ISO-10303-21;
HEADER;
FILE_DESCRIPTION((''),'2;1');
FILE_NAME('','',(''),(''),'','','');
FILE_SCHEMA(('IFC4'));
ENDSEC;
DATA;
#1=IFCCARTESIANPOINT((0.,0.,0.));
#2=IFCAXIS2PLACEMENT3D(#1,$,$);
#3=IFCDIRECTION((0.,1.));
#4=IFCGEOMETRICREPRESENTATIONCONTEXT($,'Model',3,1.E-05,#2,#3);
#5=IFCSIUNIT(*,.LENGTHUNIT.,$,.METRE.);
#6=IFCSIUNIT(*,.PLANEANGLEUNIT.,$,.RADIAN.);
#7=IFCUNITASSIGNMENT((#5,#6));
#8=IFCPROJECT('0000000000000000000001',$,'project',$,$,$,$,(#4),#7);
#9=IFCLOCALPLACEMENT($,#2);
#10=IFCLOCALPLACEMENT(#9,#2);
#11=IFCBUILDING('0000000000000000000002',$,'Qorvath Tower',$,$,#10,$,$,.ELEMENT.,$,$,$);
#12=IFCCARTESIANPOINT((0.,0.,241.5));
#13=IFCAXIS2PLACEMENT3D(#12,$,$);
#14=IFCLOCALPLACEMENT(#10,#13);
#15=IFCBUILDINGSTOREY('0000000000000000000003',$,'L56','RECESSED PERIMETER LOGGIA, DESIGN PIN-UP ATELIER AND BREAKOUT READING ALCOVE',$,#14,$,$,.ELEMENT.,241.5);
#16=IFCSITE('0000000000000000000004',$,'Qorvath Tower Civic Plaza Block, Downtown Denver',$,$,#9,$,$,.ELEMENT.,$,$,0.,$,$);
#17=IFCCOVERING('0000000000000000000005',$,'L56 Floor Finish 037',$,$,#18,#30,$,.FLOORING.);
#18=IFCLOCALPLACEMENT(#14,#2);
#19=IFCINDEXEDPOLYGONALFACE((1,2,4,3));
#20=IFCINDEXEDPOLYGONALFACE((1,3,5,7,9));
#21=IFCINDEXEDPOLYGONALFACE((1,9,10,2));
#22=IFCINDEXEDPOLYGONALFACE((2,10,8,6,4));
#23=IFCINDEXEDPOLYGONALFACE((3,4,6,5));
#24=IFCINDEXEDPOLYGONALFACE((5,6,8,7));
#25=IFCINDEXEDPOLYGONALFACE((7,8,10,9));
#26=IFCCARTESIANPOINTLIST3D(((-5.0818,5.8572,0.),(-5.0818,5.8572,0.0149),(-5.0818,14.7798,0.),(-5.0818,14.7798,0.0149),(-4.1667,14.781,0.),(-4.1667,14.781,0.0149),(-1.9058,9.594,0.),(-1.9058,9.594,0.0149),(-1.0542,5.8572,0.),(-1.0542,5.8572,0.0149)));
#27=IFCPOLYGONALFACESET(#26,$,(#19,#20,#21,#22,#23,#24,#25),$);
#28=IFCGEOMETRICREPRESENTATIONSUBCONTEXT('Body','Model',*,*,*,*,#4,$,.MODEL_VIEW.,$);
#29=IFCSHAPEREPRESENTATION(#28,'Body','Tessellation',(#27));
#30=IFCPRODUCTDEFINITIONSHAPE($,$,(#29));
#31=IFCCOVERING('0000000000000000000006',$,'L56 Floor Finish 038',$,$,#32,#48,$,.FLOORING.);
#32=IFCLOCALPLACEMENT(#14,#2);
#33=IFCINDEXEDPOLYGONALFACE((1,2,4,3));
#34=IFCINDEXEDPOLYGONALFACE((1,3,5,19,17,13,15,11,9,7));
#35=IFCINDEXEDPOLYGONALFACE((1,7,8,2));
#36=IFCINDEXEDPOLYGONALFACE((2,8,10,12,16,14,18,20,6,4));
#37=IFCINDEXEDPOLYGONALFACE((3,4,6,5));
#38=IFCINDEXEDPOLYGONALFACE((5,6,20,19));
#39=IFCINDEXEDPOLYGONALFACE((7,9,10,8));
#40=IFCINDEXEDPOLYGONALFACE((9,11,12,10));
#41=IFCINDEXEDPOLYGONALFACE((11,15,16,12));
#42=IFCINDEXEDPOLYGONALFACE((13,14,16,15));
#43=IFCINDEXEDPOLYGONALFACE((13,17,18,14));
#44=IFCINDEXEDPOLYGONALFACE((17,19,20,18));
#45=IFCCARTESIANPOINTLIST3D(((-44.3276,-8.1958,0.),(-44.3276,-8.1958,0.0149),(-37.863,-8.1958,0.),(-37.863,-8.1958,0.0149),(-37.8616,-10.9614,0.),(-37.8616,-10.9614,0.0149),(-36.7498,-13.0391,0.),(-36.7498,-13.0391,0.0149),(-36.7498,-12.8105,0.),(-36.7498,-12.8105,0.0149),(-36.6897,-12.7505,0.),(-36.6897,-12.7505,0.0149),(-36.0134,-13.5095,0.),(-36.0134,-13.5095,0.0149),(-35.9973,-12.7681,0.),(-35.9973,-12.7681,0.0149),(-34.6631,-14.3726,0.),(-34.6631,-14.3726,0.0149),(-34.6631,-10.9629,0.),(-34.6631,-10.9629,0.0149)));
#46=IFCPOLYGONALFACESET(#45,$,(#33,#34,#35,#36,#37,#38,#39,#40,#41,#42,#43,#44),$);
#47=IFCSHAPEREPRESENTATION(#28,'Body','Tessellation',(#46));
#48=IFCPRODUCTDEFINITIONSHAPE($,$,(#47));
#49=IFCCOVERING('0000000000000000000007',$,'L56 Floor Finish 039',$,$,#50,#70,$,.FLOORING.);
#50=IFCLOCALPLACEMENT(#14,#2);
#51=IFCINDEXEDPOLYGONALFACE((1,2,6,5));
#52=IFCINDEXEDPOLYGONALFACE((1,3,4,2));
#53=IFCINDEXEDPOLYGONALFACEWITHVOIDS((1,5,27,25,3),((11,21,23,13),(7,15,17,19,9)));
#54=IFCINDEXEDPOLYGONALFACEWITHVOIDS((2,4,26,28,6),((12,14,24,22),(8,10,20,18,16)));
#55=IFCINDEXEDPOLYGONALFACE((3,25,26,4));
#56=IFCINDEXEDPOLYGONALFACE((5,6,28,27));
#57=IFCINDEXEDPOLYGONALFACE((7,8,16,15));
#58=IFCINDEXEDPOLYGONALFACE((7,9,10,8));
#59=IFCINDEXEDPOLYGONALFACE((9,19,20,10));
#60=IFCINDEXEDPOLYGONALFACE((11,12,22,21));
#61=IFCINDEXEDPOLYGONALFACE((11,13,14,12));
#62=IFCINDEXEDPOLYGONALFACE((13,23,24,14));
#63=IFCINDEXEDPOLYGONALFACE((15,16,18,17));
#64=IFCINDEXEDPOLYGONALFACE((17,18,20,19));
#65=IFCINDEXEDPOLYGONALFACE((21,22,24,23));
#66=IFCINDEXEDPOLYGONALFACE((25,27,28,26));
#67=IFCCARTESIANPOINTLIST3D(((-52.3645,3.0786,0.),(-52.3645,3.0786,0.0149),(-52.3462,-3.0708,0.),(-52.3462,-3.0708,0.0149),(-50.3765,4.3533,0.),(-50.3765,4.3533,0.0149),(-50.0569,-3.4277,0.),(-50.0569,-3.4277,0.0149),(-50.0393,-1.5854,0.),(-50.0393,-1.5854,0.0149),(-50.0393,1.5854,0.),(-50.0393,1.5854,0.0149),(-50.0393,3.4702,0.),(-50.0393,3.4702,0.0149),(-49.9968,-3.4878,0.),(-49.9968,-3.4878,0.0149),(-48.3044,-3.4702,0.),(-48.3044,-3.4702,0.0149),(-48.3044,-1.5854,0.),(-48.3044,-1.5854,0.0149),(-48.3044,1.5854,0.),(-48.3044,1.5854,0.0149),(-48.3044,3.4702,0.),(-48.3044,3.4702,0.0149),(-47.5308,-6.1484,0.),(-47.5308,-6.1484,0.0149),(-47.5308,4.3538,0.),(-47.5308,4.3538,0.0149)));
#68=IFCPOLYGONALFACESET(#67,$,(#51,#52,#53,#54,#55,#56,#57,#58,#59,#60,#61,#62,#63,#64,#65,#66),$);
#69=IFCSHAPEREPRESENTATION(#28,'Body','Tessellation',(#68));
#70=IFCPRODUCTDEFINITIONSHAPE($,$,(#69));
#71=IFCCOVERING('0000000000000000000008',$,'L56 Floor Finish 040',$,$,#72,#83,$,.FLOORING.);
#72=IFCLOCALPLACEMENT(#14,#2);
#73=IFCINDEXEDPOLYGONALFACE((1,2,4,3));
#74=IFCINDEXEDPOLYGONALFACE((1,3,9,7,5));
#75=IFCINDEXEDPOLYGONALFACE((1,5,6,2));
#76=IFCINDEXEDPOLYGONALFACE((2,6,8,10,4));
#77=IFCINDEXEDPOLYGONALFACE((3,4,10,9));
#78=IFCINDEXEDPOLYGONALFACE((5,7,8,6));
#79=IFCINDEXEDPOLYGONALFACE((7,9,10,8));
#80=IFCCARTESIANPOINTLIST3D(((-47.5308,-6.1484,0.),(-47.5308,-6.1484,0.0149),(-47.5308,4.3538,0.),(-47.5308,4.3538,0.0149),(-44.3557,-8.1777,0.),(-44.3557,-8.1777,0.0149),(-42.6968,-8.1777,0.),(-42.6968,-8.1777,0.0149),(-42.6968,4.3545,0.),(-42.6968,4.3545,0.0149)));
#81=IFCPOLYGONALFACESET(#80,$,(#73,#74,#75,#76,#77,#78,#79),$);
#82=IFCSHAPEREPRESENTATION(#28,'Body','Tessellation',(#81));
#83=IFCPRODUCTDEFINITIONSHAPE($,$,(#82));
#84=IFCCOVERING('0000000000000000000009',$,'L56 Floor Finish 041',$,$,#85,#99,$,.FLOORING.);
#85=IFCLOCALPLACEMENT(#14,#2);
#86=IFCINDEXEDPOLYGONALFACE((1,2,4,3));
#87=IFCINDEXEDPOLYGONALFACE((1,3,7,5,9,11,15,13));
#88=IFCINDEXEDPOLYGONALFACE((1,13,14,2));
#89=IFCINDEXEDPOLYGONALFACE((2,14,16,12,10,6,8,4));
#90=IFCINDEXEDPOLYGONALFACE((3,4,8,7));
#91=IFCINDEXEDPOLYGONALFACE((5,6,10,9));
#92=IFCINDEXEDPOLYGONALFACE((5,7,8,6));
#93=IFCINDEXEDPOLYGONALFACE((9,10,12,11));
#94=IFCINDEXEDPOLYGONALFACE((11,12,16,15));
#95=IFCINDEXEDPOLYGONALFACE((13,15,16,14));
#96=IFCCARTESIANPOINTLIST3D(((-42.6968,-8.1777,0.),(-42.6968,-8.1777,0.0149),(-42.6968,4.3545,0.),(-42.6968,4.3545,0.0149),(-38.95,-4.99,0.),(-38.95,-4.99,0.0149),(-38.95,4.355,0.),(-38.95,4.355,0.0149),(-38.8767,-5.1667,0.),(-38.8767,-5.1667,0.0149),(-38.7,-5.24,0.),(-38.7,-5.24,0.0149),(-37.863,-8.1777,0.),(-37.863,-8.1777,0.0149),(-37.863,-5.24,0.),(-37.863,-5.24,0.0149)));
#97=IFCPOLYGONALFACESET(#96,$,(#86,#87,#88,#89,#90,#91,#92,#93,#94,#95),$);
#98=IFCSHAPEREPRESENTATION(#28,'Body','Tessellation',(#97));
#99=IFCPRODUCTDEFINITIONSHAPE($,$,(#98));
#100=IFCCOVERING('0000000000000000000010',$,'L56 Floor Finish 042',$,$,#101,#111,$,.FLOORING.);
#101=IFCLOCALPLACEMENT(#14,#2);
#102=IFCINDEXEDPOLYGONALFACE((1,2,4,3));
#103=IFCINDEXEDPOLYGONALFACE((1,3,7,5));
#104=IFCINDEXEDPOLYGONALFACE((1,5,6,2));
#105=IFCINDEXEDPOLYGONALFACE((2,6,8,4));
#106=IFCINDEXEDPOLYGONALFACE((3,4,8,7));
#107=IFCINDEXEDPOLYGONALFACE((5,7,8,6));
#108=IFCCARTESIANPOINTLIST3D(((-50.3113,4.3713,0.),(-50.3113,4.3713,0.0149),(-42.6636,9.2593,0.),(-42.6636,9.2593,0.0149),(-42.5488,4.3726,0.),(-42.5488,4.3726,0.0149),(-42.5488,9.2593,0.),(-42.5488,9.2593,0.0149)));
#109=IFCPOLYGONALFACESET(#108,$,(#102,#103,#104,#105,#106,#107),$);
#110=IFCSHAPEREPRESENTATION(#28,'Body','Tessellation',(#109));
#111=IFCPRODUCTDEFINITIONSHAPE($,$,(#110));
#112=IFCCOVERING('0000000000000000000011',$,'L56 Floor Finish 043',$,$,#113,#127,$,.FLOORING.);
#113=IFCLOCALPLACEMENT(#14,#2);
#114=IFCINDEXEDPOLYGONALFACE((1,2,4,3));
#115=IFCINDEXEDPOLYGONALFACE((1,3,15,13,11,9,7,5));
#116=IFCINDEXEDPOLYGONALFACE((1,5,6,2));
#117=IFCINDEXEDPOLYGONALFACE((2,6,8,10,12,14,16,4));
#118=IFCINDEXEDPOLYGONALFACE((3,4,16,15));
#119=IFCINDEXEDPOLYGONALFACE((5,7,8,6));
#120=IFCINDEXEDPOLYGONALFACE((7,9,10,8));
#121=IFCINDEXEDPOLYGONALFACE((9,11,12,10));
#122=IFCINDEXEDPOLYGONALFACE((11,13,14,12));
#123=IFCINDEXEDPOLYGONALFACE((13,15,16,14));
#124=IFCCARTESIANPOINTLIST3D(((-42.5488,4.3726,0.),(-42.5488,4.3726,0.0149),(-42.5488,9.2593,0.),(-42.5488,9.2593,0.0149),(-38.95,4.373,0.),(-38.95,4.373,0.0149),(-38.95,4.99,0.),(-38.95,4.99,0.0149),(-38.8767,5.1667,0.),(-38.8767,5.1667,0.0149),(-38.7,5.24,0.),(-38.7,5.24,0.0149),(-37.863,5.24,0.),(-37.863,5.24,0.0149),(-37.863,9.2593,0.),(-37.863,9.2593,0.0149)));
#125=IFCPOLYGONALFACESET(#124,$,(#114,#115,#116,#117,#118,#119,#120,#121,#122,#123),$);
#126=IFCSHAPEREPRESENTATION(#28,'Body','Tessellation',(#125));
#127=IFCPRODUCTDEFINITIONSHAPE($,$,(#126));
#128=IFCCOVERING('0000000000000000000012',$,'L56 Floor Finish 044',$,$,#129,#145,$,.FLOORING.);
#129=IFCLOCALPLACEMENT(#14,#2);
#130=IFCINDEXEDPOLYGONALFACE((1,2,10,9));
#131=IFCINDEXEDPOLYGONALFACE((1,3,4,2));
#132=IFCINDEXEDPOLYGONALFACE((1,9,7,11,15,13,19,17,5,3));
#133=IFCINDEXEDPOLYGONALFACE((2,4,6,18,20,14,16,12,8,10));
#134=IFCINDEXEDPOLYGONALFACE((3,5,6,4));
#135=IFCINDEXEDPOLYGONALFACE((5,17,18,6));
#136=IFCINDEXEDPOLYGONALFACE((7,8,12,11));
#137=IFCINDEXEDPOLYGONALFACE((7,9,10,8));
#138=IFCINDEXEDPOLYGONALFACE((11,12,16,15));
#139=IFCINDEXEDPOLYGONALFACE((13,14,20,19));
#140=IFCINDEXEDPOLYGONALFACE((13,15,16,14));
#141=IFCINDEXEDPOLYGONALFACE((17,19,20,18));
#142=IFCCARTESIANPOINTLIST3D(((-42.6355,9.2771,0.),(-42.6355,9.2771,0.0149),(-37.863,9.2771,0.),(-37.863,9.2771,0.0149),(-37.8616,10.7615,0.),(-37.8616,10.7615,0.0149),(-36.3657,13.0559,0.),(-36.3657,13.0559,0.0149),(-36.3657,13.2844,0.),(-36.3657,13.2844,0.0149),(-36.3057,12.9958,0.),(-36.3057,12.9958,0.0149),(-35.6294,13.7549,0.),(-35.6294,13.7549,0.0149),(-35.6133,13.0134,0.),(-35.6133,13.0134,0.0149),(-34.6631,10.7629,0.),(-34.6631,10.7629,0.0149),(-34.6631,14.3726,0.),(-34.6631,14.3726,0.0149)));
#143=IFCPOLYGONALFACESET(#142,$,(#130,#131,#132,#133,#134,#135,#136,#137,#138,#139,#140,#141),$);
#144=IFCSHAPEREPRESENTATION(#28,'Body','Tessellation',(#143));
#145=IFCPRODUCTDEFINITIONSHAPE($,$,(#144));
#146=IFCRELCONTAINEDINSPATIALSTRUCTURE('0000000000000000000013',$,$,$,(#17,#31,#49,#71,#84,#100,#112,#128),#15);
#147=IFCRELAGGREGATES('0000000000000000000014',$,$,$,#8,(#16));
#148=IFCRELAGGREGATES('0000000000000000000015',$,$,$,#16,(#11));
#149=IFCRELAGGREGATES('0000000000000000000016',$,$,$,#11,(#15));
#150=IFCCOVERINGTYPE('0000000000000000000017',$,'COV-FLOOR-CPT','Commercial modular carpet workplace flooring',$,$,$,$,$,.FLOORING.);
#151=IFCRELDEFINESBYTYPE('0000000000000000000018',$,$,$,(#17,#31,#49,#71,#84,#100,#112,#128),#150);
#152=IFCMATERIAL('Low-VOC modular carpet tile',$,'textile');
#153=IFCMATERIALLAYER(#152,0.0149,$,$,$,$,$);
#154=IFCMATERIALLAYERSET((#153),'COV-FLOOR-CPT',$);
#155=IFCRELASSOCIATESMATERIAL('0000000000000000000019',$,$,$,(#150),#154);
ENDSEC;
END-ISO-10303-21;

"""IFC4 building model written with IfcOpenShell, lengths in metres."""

from ifc_helpers import new_model, si_unit, direction, frame, origin, place, context, subcontext, project, spatial, polyline, outline, extrude, material, layer, layer_set, type_object, element, save


model = new_model("IFC4")

# Units and contexts
model_context = context("Model", 3, precision=1e-05, world=origin(), true_north=direction((0.0, 1.0)))
body_context = subcontext(model_context, "Body", "Model", "MODEL_VIEW")
ifc_project = project(units=[si_unit("LENGTHUNIT", "METRE"), si_unit("PLANEANGLEUNIT", "RADIAN")], contexts=[model_context])

# Site, building, storey
site_placement = place(None, origin())
site = spatial("IfcSite", under=ifc_project, at=site_placement, Name="Qorvath Tower Civic Plaza Block, Downtown Denver", CompositionType="ELEMENT", RefElevation=0.0)
building_placement = place(site_placement, origin())
building = spatial("IfcBuilding", under=site, at=building_placement, Name="Qorvath Tower", CompositionType="ELEMENT")
storey_placement = place(building_placement, frame((0.0, 0.0, 241.5)))
storey = spatial("IfcBuildingStorey", under=building, at=storey_placement, Name="L56", Description="RECESSED PERIMETER LOGGIA, DESIGN PIN-UP ATELIER AND BREAKOUT READING ALCOVE", CompositionType="ELEMENT", Elevation=241.5)

# Coverings
ifc_material_1 = material(Name="Low-VOC modular carpet tile", Category="textile")
ifc_layer_1 = layer(ifc_material_1, 0.0149)
ifc_layer_set_1 = layer_set([ifc_layer_1], Name="COV-FLOOR-CPT")
covering_type_1 = type_object("IfcCoveringType", Name="COV-FLOOR-CPT", Description="Commercial modular carpet workplace flooring", PredefinedType="FLOORING", material=ifc_layer_set_1)
covering_1_placement = place(storey_placement, origin())
element("IfcCovering", 1, at=covering_1_placement, inside=storey, type_object=covering_type_1, Name="L56 Floor Finish 037", PredefinedType="FLOORING", context=body_context, shape_type="SweptSolid", body=[
    extrude(outline(polyline([(-5.0818, 14.7798), (-5.0818, 5.8572), (-1.0542, 5.8572), (-1.9058, 9.594), (-4.1667, 14.781), (-5.0818, 14.7798)])), origin(), (0.0, 0.0, 1.0), 0.0149),
])
covering_2_placement = place(storey_placement, origin())
element("IfcCovering", 2, at=covering_2_placement, inside=storey, type_object=covering_type_1, Name="L56 Floor Finish 038", PredefinedType="FLOORING", context=body_context, shape_type="SweptSolid", body=[
    extrude(outline(polyline([(-44.3276, -8.1958), (-36.7498, -13.0391), (-36.7498, -12.8105), (-36.6897, -12.7505), (-35.9973, -12.7681), (-36.0134, -13.5095), (-34.6631, -14.3726), (-34.6631, -10.9629), (-37.8616, -10.9614), (-37.863, -8.1958), (-44.3276, -8.1958)])), origin(), (0.0, 0.0, 1.0), 0.0149),
])
covering_3_placement = place(storey_placement, origin())
element("IfcCovering", 3, at=covering_3_placement, inside=storey, type_object=covering_type_1, Name="L56 Floor Finish 039", PredefinedType="FLOORING", context=body_context, shape_type="SweptSolid", body=[
    extrude(outline(polyline([(-50.3765, 4.3533), (-52.3645, 3.0786), (-52.3462, -3.0708), (-47.5308, -6.1484), (-47.5308, 4.3538), (-50.3765, 4.3533)]), holes=[polyline([(-50.0569, -3.4277), (-50.0393, -1.5854), (-48.3044, -1.5854), (-48.3044, -3.4702), (-49.9968, -3.4878), (-50.0569, -3.4277)]), polyline([(-50.0393, 1.5854), (-50.0393, 3.4702), (-48.3044, 3.4702), (-48.3044, 1.5854), (-50.0393, 1.5854)])]), origin(), (0.0, 0.0, 1.0), 0.0149),
])
covering_4_placement = place(storey_placement, origin())
element("IfcCovering", 4, at=covering_4_placement, inside=storey, type_object=covering_type_1, Name="L56 Floor Finish 040", PredefinedType="FLOORING", context=body_context, shape_type="SweptSolid", body=[
    extrude(outline(polyline([(-47.5308, 4.3538), (-47.5308, -6.1484), (-44.3557, -8.1777), (-42.6968, -8.1777), (-42.6968, 4.3545), (-47.5308, 4.3538)])), origin(), (0.0, 0.0, 1.0), 0.0149),
])
covering_5_placement = place(storey_placement, origin())
element("IfcCovering", 5, at=covering_5_placement, inside=storey, type_object=covering_type_1, Name="L56 Floor Finish 041", PredefinedType="FLOORING", context=body_context, shape_type="SweptSolid", body=[
    extrude(outline(polyline([(-42.6968, 4.3545), (-42.6968, -8.1777), (-37.863, -8.1777), (-37.863, -5.24), (-38.7, -5.24), (-38.8767, -5.1667), (-38.95, -4.99), (-38.95, 4.355), (-42.6968, 4.3545)])), origin(), (0.0, 0.0, 1.0), 0.0149),
])
covering_6_placement = place(storey_placement, origin())
element("IfcCovering", 6, at=covering_6_placement, inside=storey, type_object=covering_type_1, Name="L56 Floor Finish 042", PredefinedType="FLOORING", context=body_context, shape_type="SweptSolid", body=[
    extrude(outline(polyline([(-42.5488, 4.3726), (-42.5488, 9.2593), (-42.6636, 9.2593), (-50.3113, 4.3713), (-42.5488, 4.3726)])), origin(), (0.0, 0.0, 1.0), 0.0149),
])
covering_7_placement = place(storey_placement, origin())
element("IfcCovering", 7, at=covering_7_placement, inside=storey, type_object=covering_type_1, Name="L56 Floor Finish 043", PredefinedType="FLOORING", context=body_context, shape_type="SweptSolid", body=[
    extrude(outline(polyline([(-37.863, 5.24), (-37.863, 9.2593), (-42.5488, 9.2593), (-42.5488, 4.3726), (-38.95, 4.373), (-38.95, 4.99), (-38.8767, 5.1667), (-38.7, 5.24), (-37.863, 5.24)])), origin(), (0.0, 0.0, 1.0), 0.0149),
])
covering_8_placement = place(storey_placement, origin())
element("IfcCovering", 8, at=covering_8_placement, inside=storey, type_object=covering_type_1, Name="L56 Floor Finish 044", PredefinedType="FLOORING", context=body_context, shape_type="SweptSolid", body=[
    extrude(outline(polyline([(-34.6631, 14.3726), (-35.6294, 13.7549), (-35.6133, 13.0134), (-36.3057, 12.9958), (-36.3657, 13.0559), (-36.3657, 13.2844), (-42.6355, 9.2771), (-37.863, 9.2771), (-37.8616, 10.7615), (-34.6631, 10.7629), (-34.6631, 14.3726)])), origin(), (0.0, 0.0, 1.0), 0.0149),
])

save(model, "model.ifc")
